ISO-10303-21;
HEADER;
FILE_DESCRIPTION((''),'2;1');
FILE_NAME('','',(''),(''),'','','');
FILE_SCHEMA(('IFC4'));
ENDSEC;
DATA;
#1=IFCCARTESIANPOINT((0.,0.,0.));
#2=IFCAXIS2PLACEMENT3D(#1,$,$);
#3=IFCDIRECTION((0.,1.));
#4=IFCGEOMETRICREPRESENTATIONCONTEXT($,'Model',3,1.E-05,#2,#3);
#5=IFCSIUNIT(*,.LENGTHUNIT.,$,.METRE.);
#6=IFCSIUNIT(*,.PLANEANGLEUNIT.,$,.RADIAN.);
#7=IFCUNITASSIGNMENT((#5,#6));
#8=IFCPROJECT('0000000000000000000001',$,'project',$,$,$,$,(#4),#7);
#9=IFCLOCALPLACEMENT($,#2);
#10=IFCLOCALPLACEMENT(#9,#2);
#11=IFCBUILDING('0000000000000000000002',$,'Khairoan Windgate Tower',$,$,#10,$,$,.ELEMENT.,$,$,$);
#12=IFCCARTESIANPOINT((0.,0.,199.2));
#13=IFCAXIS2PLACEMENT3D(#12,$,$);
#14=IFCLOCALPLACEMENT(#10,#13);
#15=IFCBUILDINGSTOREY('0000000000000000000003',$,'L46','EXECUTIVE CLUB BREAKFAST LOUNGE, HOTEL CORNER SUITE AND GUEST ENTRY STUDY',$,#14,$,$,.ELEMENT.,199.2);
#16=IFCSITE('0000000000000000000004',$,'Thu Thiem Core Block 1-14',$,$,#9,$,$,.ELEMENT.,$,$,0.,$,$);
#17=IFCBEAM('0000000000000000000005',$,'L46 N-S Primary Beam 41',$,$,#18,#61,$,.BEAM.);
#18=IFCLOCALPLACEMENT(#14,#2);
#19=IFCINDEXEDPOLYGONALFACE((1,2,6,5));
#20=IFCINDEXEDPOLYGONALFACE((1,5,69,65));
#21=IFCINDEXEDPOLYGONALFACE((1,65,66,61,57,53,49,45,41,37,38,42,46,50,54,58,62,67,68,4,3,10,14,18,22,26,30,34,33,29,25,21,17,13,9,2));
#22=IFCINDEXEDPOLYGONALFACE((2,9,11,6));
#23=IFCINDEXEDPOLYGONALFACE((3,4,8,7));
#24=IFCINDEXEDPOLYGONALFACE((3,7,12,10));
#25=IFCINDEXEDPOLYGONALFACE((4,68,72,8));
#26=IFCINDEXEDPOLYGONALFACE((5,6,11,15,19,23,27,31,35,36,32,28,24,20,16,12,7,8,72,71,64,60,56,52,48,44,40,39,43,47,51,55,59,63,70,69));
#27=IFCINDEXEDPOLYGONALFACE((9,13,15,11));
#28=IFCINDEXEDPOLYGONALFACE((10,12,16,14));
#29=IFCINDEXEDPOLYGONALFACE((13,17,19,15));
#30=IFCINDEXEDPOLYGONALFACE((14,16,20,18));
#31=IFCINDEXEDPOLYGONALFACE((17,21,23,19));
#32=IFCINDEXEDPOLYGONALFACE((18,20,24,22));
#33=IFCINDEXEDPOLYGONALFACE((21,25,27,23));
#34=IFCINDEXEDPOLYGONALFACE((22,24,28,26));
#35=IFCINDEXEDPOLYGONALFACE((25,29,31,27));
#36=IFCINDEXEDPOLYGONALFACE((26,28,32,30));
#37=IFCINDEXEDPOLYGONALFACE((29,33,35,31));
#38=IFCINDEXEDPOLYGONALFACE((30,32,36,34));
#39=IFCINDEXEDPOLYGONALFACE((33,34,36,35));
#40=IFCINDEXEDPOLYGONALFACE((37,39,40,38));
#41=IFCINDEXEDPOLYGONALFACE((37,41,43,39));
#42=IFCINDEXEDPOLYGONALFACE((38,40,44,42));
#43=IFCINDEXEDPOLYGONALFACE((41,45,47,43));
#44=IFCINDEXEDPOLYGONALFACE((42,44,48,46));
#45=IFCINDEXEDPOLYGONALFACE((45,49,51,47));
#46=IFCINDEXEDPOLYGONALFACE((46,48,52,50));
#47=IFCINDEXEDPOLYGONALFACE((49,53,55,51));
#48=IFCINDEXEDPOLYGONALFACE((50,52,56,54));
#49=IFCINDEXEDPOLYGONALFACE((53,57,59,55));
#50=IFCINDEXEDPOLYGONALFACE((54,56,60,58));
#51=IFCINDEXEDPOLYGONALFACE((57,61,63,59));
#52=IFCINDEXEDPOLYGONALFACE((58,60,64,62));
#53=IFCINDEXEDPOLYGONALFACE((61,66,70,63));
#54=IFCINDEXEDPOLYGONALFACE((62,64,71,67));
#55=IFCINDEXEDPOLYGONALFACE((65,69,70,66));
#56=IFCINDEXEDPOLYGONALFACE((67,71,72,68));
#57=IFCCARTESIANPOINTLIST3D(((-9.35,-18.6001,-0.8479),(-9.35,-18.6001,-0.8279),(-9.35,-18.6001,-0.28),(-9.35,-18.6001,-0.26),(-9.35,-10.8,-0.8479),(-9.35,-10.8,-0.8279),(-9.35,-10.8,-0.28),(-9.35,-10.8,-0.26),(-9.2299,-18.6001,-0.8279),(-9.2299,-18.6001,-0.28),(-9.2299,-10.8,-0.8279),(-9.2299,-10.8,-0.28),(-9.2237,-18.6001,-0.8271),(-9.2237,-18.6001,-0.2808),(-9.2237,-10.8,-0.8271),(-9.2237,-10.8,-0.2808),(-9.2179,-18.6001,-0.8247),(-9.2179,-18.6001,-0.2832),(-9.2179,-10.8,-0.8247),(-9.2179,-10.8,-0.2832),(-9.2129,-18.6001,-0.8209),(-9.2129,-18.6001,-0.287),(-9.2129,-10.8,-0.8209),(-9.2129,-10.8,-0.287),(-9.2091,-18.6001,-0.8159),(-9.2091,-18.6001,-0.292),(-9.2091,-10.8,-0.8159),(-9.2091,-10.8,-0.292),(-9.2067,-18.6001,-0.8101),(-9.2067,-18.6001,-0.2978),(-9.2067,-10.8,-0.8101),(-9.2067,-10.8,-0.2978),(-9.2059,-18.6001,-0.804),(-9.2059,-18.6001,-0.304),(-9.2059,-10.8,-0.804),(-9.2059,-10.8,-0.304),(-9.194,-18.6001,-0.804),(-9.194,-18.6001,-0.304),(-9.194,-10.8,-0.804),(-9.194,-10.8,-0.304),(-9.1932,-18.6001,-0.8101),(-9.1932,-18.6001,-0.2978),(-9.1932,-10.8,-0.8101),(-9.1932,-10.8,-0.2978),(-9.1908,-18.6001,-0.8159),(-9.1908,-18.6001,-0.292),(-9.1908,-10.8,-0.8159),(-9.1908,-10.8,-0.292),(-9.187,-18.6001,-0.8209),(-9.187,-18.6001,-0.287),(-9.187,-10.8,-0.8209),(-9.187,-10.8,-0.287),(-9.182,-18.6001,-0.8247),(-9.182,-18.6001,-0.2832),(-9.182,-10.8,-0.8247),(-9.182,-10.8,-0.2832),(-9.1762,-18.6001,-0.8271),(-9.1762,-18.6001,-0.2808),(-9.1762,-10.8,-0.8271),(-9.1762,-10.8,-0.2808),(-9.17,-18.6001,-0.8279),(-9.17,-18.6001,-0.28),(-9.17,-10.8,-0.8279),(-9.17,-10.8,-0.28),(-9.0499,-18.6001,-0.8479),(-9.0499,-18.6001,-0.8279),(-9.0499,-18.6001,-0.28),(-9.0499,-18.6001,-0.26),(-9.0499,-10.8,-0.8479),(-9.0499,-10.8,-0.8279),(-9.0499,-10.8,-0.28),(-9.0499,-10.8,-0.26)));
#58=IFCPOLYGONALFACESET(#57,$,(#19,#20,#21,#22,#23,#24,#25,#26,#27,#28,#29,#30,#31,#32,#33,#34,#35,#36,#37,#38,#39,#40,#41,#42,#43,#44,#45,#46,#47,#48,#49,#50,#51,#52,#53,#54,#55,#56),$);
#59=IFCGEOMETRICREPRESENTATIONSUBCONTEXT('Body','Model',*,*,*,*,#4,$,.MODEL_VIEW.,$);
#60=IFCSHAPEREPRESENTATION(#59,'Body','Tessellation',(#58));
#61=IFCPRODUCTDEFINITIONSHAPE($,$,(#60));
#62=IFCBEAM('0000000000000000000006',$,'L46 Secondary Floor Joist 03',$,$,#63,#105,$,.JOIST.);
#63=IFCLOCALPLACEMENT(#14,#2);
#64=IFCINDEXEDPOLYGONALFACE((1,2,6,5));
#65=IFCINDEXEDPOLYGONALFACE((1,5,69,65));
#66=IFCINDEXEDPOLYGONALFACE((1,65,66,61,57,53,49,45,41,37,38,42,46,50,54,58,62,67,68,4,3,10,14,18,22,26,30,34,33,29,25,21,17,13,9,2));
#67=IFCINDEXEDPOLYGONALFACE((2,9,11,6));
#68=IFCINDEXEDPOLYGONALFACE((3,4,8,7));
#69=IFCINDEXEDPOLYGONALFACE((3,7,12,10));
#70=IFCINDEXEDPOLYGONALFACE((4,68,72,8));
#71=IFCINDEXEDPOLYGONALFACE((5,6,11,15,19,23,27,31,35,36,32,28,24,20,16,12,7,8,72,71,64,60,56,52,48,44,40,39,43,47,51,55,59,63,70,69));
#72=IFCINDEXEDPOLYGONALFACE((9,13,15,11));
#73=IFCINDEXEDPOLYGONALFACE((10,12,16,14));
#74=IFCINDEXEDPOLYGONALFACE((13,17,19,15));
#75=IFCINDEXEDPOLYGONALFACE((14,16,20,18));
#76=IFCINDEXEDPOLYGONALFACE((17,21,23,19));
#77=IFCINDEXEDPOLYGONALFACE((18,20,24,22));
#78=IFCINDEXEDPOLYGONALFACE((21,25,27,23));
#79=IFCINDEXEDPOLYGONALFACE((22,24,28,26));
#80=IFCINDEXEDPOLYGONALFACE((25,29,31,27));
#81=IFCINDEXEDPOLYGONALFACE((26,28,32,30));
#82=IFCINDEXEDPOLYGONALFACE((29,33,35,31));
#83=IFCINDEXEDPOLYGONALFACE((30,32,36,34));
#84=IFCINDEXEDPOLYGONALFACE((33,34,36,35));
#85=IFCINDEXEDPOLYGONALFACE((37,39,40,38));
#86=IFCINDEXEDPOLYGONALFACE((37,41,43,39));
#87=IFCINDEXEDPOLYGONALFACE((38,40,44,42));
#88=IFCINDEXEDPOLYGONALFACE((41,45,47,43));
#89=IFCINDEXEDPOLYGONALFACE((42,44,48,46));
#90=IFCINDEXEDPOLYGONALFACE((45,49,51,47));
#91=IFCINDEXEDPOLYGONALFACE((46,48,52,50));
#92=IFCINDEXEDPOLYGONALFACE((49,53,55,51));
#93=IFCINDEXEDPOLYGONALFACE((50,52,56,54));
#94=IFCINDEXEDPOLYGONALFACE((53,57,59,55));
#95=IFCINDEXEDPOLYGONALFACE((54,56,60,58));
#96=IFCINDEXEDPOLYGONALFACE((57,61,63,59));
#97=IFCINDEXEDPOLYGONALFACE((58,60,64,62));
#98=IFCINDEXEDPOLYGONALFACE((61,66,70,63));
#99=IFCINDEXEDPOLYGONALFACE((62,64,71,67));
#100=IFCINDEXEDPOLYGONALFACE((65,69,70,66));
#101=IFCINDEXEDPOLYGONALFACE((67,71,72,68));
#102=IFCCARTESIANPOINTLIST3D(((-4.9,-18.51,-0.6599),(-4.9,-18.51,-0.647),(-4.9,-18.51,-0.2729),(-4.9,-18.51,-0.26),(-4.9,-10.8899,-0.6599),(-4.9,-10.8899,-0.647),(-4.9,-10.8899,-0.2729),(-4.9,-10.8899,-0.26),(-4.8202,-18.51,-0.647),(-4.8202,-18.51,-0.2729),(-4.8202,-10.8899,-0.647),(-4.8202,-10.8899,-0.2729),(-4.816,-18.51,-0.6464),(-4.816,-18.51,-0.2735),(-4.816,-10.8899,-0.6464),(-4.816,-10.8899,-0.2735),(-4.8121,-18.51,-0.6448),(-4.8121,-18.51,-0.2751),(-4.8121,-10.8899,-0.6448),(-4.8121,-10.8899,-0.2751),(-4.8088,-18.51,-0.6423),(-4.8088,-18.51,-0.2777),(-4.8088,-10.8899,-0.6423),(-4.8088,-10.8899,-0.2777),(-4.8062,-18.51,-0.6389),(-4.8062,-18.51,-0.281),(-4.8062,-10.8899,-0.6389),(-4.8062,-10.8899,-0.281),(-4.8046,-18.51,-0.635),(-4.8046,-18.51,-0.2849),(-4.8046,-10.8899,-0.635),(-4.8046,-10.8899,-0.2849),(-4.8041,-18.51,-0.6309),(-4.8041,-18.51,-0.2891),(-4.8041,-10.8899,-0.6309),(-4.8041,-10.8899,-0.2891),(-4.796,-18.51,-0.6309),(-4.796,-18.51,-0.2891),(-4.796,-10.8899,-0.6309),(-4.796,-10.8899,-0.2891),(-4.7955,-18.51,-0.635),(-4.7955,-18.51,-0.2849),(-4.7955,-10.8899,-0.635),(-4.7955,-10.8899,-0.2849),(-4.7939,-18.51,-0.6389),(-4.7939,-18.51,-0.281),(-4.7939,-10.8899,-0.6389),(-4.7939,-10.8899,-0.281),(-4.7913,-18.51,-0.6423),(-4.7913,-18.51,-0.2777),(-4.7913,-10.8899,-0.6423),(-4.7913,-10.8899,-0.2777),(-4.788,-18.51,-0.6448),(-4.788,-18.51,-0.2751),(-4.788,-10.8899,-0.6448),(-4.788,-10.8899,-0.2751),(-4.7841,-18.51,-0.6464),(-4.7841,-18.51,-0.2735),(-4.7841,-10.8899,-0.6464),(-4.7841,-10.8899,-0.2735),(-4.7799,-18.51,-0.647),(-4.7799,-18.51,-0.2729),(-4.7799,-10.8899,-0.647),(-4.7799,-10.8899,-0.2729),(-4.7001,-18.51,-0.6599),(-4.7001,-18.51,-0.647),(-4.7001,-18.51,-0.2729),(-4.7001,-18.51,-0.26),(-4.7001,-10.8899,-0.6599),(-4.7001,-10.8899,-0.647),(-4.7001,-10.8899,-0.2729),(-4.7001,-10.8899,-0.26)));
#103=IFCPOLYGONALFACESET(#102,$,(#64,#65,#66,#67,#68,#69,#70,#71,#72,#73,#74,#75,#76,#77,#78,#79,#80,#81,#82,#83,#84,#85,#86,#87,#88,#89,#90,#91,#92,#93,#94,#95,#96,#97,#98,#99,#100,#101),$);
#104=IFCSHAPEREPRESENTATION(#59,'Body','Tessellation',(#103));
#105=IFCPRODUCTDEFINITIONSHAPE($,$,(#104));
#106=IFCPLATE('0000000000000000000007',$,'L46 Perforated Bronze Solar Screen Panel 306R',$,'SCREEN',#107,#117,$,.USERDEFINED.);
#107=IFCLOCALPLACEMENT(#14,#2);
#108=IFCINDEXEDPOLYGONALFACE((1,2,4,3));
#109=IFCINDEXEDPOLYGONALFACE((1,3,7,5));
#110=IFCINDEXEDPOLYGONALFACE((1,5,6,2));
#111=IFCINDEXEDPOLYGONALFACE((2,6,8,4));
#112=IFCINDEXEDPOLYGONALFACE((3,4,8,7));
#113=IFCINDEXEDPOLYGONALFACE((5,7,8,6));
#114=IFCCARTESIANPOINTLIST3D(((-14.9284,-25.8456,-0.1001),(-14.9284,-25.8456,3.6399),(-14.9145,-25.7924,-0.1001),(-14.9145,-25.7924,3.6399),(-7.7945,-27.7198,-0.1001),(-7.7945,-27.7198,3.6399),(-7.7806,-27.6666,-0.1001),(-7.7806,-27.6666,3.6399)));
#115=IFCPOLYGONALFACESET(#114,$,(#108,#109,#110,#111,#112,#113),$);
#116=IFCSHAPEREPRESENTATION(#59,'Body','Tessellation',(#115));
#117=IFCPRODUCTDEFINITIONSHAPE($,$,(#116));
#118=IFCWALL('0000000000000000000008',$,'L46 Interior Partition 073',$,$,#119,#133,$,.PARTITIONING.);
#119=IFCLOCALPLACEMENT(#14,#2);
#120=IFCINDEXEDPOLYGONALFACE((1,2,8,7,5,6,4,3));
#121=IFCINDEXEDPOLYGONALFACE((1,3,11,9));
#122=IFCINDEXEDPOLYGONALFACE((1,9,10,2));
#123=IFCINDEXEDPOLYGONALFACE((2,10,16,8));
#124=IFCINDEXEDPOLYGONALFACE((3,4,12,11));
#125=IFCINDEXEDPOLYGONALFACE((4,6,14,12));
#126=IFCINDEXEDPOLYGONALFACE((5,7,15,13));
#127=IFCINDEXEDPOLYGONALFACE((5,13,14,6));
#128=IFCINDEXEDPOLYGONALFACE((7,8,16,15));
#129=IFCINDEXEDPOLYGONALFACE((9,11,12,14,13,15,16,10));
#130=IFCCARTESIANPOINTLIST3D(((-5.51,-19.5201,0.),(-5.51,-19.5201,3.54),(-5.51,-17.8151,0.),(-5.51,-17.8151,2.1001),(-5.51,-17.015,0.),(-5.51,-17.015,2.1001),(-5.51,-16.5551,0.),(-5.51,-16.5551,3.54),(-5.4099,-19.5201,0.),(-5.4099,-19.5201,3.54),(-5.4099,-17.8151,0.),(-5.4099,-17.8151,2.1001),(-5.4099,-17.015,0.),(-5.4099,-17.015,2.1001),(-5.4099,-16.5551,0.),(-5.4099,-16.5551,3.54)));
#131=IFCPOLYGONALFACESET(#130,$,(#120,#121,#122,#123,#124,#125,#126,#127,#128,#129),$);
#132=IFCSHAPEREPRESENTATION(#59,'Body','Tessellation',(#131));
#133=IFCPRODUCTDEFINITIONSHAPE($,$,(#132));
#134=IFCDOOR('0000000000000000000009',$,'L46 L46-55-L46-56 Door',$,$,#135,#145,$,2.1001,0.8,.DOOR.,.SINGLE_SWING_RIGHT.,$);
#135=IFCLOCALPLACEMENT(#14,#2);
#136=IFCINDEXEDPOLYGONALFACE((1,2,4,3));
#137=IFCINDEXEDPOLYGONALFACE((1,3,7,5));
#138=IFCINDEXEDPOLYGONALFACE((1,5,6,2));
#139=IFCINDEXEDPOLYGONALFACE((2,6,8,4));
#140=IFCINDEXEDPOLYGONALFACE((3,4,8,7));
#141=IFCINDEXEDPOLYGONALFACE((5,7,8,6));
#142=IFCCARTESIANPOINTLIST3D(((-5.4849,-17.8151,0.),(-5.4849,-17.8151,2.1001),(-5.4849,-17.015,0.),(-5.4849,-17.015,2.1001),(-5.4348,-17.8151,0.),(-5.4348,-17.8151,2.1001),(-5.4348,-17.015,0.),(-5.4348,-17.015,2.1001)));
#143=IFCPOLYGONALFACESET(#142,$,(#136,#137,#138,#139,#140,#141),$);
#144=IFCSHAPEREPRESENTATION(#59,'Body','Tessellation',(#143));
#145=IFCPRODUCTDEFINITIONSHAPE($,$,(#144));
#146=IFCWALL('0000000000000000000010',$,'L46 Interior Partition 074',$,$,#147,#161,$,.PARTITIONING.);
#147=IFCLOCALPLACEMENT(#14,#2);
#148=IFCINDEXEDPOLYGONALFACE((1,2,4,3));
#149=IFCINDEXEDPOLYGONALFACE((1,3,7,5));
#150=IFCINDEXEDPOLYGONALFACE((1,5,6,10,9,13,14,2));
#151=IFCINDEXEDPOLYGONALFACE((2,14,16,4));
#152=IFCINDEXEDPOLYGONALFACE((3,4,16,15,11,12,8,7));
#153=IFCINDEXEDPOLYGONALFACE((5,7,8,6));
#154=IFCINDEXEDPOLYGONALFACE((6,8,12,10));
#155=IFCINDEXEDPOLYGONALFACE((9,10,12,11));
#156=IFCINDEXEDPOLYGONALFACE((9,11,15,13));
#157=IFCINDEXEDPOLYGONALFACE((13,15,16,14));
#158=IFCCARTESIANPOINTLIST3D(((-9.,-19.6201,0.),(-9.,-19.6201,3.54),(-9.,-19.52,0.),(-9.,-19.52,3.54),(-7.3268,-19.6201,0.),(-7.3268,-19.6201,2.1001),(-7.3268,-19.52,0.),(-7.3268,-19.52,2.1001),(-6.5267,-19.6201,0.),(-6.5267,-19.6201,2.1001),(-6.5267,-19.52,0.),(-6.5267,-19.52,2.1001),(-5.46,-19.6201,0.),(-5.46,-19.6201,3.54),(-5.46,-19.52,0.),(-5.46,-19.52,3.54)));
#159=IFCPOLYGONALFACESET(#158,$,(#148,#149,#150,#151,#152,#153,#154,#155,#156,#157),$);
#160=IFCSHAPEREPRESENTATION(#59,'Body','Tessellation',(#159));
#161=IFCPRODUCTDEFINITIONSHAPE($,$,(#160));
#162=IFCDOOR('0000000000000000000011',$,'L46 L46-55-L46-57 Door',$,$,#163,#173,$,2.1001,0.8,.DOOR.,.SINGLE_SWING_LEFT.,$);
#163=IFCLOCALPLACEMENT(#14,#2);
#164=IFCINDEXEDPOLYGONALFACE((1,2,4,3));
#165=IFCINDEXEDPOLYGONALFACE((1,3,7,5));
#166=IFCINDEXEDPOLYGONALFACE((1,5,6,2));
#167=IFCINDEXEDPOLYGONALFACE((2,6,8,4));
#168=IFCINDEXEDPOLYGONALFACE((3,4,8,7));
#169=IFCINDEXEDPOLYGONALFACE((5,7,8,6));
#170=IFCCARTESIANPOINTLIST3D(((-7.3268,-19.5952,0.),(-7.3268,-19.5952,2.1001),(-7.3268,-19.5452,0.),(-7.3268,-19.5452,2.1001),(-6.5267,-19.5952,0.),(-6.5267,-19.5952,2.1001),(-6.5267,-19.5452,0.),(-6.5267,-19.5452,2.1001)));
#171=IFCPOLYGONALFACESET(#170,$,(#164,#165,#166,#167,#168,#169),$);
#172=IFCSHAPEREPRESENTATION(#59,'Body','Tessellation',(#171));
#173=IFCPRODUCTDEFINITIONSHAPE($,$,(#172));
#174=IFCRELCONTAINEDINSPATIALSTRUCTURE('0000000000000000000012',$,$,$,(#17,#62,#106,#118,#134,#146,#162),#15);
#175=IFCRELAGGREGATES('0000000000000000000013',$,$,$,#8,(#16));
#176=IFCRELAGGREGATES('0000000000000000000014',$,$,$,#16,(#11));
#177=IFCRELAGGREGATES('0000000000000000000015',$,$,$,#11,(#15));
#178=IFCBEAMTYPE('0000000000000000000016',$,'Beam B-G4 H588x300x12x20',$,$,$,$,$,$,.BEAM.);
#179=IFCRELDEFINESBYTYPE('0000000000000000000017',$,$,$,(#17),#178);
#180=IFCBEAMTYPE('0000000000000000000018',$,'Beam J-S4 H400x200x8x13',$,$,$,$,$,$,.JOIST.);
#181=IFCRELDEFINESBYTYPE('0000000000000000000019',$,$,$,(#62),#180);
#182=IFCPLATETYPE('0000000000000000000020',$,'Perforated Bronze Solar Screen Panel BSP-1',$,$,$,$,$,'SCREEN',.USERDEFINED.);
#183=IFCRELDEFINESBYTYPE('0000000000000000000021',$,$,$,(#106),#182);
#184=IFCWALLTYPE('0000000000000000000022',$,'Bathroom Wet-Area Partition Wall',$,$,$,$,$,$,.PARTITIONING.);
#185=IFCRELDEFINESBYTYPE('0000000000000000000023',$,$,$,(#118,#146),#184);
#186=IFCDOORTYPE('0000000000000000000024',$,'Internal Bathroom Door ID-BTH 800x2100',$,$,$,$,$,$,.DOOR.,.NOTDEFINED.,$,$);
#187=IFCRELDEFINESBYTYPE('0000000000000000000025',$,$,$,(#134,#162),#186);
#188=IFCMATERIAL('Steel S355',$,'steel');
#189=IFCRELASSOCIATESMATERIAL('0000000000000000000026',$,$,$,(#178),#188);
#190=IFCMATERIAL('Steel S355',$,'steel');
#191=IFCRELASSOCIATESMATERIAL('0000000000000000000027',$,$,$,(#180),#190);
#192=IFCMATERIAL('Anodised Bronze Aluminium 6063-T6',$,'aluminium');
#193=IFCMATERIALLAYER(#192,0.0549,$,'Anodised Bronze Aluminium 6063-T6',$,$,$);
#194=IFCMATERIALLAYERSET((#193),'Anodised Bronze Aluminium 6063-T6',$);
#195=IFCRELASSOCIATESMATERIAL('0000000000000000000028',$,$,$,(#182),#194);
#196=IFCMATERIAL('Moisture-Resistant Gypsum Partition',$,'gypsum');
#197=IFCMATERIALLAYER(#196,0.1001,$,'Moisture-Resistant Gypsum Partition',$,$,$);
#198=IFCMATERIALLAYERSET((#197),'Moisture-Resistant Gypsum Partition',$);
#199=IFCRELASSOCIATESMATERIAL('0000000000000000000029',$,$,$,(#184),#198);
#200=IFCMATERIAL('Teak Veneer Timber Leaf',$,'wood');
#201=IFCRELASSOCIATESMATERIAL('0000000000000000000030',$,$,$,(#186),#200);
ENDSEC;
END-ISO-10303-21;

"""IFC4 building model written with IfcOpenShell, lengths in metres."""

from ifc_helpers import new_model, si_unit, direction, frame, frame_2d, origin, origin_2d, place, context, subcontext, project, spatial, rectangle, i_section, extrude, material, layer, layer_set, material_profile, profile_set, type_object, element, fill, save


model = new_model("IFC4")

# Units and contexts
model_context = context("Model", 3, precision=1e-05, world=origin(), true_north=direction((0.0, 1.0)))
body_context = subcontext(model_context, "Body", "Model", "MODEL_VIEW")
ifc_project = project(units=[si_unit("LENGTHUNIT", "METRE"), si_unit("PLANEANGLEUNIT", "RADIAN")], contexts=[model_context])

# Site, building, storey
site_placement = place(None, origin())
site = spatial("IfcSite", under=ifc_project, at=site_placement, Name="Thu Thiem Core Block 1-14", CompositionType="ELEMENT", RefElevation=0.0)
building_placement = place(site_placement, origin())
building = spatial("IfcBuilding", under=site, at=building_placement, Name="Khairoan Windgate Tower", CompositionType="ELEMENT")
storey_placement = place(building_placement, frame((0.0, 0.0, 199.2)))
storey = spatial("IfcBuildingStorey", under=building, at=storey_placement, Name="L46", Description="EXECUTIVE CLUB BREAKFAST LOUNGE, HOTEL CORNER SUITE AND GUEST ENTRY STUDY", CompositionType="ELEMENT", Elevation=199.2)

# Beams
ifc_material_1 = material(Name="Steel S355", Category="steel")
ifc_material_profile_1 = material_profile(ifc_material_1, i_section(OverallWidth=0.3, OverallDepth=0.5879, WebThickness=0.012, FlangeThickness=0.02, FilletRadius=0.0239, at=origin_2d()))
ifc_profile_set_1 = profile_set([ifc_material_profile_1], Name="Steel S355")
beam_type_1 = type_object("IfcBeamType", Name="Beam B-G4 H588x300x12x20", PredefinedType="BEAM", material=ifc_profile_set_1)
beam_1_placement = place(storey_placement, frame((-9.2, -18.6001, -0.554), z_axis=(0.0, 1.0, 0.0), x_axis=(-1.0, 0.0, 0.0)))
element("IfcBeam", 1, at=beam_1_placement, inside=storey, type_object=beam_type_1, Name="L46 N-S Primary Beam 41", PredefinedType="BEAM", context=body_context, shape_type="SweptSolid", body=[
    extrude(i_section(OverallWidth=0.3, OverallDepth=0.5879, WebThickness=0.012, FlangeThickness=0.02, FilletRadius=0.0239, at=origin_2d()), origin(), (0.0, 0.0, 1.0), 7.8),
])
ifc_material_2 = material(Name="Steel S355", Category="steel")
ifc_material_profile_2 = material_profile(ifc_material_2, i_section(OverallWidth=0.2, OverallDepth=0.3999, WebThickness=0.0081, FlangeThickness=0.0129, FilletRadius=0.0161, at=origin_2d()))
ifc_profile_set_2 = profile_set([ifc_material_profile_2], Name="Steel S355")
beam_type_2 = type_object("IfcBeamType", Name="Beam J-S4 H400x200x8x13", PredefinedType="JOIST", material=ifc_profile_set_2)
beam_2_placement = place(storey_placement, frame((-4.8, -18.51, -0.46), z_axis=(0.0, 1.0, 0.0), x_axis=(-1.0, 0.0, 0.0)))
element("IfcBeam", 2, at=beam_2_placement, inside=storey, type_object=beam_type_2, Name="L46 Secondary Floor Joist 03", PredefinedType="JOIST", context=body_context, shape_type="SweptSolid", body=[
    extrude(i_section(OverallWidth=0.2, OverallDepth=0.3999, WebThickness=0.0081, FlangeThickness=0.0129, FilletRadius=0.0161, at=origin_2d()), origin(), (0.0, 0.0, 1.0), 7.6201),
])

# Plate
ifc_material_3 = material(Name="Anodised Bronze Aluminium 6063-T6", Category="aluminium")
ifc_layer_1 = layer(ifc_material_3, 0.0549, Name="Anodised Bronze Aluminium 6063-T6")
ifc_layer_set_1 = layer_set([ifc_layer_1], Name="Anodised Bronze Aluminium 6063-T6")
plate_type = type_object("IfcPlateType", Name="Perforated Bronze Solar Screen Panel BSP-1", ElementType="SCREEN", PredefinedType="USERDEFINED", material=ifc_layer_set_1)
plate_placement = place(storey_placement, frame((-11.3545, -26.7561, -0.1001), z_axis=(0.0, 0.0, 1.0), x_axis=(-0.967179, 0.254096, 0.0)))
element("IfcPlate", 3, at=plate_placement, inside=storey, type_object=plate_type, Name="L46 Perforated Bronze Solar Screen Panel 306R", ObjectType="SCREEN", PredefinedType="USERDEFINED", context=body_context, shape_type="SweptSolid", body=[
    extrude(rectangle(XDim=7.376, YDim=0.0549, at=origin_2d()), origin(), (0.0, 0.0, 1.0), 3.74),
])

# Walls, openings, doors
ifc_material_4 = material(Name="Moisture-Resistant Gypsum Partition", Category="gypsum")
ifc_layer_2 = layer(ifc_material_4, 0.1001, Name="Moisture-Resistant Gypsum Partition")
ifc_layer_set_2 = layer_set([ifc_layer_2], Name="Moisture-Resistant Gypsum Partition")
wall_type_1 = type_object("IfcWallType", Name="Bathroom Wet-Area Partition Wall", PredefinedType="PARTITIONING", material=ifc_layer_set_2)
wall_1_placement = place(storey_placement, frame((-5.46, -19.52, 0.0), z_axis=(0.0, 0.0, 1.0), x_axis=(0.0, 1.0, 0.0)))
wall_1 = element("IfcWall", 4, at=wall_1_placement, inside=storey, type_object=wall_type_1, Name="L46 Interior Partition 073", PredefinedType="PARTITIONING", context=body_context, shape_type="SweptSolid", body=[
    extrude(rectangle(XDim=2.9651, YDim=0.1001, at=frame_2d((1.4824, 0.0))), origin(), (0.0, 0.0, 1.0), 3.54),
])
opening_1_placement = place(wall_1_placement, frame((1.7051, 0.0, 0.0)))
opening_1 = element("IfcOpeningElement", 5, at=opening_1_placement, cuts=wall_1, PredefinedType="OPENING", context=body_context, shape_type="SweptSolid", body=[
    extrude(rectangle(XDim=0.8, YDim=2.1001, at=frame_2d((0.3999, 1.05))), frame((0.0, 0.0601, 0.0), z_axis=(0.0, -1.0, 0.0), x_axis=(1.0, 0.0, 0.0)), (0.0, 0.0, 1.0), 0.1201),
])
ifc_material_5 = material(Name="Teak Veneer Timber Leaf", Category="wood")
door_type_1 = type_object("IfcDoorType", Name="Internal Bathroom Door ID-BTH 800x2100", OperationType="NOTDEFINED", PredefinedType="DOOR", material=ifc_material_5)
door_1_placement = place(opening_1_placement, origin())
door_1 = element("IfcDoor", 6, at=door_1_placement, inside=storey, type_object=door_type_1, Name="L46 L46-55-L46-56 Door", OperationType="SINGLE_SWING_RIGHT", OverallHeight=2.1001, OverallWidth=0.8, PredefinedType="DOOR", context=body_context, shape_type="SweptSolid", body=[
    extrude(rectangle(XDim=0.8, YDim=2.1001, at=frame_2d((0.3999, 1.05))), frame((0.0, 0.0249, 0.0), z_axis=(0.0, -1.0, 0.0), x_axis=(1.0, 0.0, 0.0)), (0.0, 0.0, 1.0), 0.05),
])
fill(opening_1, door_1)
wall_2_placement = place(storey_placement, frame((-9.0, -19.5701, 0.0), z_axis=(0.0, 0.0, 1.0), x_axis=(1.0, 0.0, 0.0)))
wall_2 = element("IfcWall", 7, at=wall_2_placement, inside=storey, type_object=wall_type_1, Name="L46 Interior Partition 074", PredefinedType="PARTITIONING", context=body_context, shape_type="SweptSolid", body=[
    extrude(rectangle(XDim=3.54, YDim=0.1001, at=frame_2d((1.77, 0.0))), origin(), (0.0, 0.0, 1.0), 3.54),
])
opening_2_placement = place(wall_2_placement, frame((1.6733, 0.0, 0.0)))
opening_2 = element("IfcOpeningElement", 8, at=opening_2_placement, cuts=wall_2, PredefinedType="OPENING", context=body_context, shape_type="SweptSolid", body=[
    extrude(rectangle(XDim=0.8, YDim=2.1001, at=frame_2d((0.3999, 1.05))), frame((0.0, 0.0601, 0.0), z_axis=(0.0, -1.0, 0.0), x_axis=(1.0, 0.0, 0.0)), (0.0, 0.0, 1.0), 0.1201),
])
door_2_placement = place(opening_2_placement, origin())
door_2 = element("IfcDoor", 9, at=door_2_placement, inside=storey, type_object=door_type_1, Name="L46 L46-55-L46-57 Door", OperationType="SINGLE_SWING_LEFT", OverallHeight=2.1001, OverallWidth=0.8, PredefinedType="DOOR", context=body_context, shape_type="SweptSolid", body=[
    extrude(rectangle(XDim=0.8, YDim=2.1001, at=frame_2d((0.3999, 1.05))), frame((0.0, 0.0249, 0.0), z_axis=(0.0, -1.0, 0.0), x_axis=(1.0, 0.0, 0.0)), (0.0, 0.0, 1.0), 0.05),
])
fill(opening_2, door_2)

save(model, "model.ifc")
